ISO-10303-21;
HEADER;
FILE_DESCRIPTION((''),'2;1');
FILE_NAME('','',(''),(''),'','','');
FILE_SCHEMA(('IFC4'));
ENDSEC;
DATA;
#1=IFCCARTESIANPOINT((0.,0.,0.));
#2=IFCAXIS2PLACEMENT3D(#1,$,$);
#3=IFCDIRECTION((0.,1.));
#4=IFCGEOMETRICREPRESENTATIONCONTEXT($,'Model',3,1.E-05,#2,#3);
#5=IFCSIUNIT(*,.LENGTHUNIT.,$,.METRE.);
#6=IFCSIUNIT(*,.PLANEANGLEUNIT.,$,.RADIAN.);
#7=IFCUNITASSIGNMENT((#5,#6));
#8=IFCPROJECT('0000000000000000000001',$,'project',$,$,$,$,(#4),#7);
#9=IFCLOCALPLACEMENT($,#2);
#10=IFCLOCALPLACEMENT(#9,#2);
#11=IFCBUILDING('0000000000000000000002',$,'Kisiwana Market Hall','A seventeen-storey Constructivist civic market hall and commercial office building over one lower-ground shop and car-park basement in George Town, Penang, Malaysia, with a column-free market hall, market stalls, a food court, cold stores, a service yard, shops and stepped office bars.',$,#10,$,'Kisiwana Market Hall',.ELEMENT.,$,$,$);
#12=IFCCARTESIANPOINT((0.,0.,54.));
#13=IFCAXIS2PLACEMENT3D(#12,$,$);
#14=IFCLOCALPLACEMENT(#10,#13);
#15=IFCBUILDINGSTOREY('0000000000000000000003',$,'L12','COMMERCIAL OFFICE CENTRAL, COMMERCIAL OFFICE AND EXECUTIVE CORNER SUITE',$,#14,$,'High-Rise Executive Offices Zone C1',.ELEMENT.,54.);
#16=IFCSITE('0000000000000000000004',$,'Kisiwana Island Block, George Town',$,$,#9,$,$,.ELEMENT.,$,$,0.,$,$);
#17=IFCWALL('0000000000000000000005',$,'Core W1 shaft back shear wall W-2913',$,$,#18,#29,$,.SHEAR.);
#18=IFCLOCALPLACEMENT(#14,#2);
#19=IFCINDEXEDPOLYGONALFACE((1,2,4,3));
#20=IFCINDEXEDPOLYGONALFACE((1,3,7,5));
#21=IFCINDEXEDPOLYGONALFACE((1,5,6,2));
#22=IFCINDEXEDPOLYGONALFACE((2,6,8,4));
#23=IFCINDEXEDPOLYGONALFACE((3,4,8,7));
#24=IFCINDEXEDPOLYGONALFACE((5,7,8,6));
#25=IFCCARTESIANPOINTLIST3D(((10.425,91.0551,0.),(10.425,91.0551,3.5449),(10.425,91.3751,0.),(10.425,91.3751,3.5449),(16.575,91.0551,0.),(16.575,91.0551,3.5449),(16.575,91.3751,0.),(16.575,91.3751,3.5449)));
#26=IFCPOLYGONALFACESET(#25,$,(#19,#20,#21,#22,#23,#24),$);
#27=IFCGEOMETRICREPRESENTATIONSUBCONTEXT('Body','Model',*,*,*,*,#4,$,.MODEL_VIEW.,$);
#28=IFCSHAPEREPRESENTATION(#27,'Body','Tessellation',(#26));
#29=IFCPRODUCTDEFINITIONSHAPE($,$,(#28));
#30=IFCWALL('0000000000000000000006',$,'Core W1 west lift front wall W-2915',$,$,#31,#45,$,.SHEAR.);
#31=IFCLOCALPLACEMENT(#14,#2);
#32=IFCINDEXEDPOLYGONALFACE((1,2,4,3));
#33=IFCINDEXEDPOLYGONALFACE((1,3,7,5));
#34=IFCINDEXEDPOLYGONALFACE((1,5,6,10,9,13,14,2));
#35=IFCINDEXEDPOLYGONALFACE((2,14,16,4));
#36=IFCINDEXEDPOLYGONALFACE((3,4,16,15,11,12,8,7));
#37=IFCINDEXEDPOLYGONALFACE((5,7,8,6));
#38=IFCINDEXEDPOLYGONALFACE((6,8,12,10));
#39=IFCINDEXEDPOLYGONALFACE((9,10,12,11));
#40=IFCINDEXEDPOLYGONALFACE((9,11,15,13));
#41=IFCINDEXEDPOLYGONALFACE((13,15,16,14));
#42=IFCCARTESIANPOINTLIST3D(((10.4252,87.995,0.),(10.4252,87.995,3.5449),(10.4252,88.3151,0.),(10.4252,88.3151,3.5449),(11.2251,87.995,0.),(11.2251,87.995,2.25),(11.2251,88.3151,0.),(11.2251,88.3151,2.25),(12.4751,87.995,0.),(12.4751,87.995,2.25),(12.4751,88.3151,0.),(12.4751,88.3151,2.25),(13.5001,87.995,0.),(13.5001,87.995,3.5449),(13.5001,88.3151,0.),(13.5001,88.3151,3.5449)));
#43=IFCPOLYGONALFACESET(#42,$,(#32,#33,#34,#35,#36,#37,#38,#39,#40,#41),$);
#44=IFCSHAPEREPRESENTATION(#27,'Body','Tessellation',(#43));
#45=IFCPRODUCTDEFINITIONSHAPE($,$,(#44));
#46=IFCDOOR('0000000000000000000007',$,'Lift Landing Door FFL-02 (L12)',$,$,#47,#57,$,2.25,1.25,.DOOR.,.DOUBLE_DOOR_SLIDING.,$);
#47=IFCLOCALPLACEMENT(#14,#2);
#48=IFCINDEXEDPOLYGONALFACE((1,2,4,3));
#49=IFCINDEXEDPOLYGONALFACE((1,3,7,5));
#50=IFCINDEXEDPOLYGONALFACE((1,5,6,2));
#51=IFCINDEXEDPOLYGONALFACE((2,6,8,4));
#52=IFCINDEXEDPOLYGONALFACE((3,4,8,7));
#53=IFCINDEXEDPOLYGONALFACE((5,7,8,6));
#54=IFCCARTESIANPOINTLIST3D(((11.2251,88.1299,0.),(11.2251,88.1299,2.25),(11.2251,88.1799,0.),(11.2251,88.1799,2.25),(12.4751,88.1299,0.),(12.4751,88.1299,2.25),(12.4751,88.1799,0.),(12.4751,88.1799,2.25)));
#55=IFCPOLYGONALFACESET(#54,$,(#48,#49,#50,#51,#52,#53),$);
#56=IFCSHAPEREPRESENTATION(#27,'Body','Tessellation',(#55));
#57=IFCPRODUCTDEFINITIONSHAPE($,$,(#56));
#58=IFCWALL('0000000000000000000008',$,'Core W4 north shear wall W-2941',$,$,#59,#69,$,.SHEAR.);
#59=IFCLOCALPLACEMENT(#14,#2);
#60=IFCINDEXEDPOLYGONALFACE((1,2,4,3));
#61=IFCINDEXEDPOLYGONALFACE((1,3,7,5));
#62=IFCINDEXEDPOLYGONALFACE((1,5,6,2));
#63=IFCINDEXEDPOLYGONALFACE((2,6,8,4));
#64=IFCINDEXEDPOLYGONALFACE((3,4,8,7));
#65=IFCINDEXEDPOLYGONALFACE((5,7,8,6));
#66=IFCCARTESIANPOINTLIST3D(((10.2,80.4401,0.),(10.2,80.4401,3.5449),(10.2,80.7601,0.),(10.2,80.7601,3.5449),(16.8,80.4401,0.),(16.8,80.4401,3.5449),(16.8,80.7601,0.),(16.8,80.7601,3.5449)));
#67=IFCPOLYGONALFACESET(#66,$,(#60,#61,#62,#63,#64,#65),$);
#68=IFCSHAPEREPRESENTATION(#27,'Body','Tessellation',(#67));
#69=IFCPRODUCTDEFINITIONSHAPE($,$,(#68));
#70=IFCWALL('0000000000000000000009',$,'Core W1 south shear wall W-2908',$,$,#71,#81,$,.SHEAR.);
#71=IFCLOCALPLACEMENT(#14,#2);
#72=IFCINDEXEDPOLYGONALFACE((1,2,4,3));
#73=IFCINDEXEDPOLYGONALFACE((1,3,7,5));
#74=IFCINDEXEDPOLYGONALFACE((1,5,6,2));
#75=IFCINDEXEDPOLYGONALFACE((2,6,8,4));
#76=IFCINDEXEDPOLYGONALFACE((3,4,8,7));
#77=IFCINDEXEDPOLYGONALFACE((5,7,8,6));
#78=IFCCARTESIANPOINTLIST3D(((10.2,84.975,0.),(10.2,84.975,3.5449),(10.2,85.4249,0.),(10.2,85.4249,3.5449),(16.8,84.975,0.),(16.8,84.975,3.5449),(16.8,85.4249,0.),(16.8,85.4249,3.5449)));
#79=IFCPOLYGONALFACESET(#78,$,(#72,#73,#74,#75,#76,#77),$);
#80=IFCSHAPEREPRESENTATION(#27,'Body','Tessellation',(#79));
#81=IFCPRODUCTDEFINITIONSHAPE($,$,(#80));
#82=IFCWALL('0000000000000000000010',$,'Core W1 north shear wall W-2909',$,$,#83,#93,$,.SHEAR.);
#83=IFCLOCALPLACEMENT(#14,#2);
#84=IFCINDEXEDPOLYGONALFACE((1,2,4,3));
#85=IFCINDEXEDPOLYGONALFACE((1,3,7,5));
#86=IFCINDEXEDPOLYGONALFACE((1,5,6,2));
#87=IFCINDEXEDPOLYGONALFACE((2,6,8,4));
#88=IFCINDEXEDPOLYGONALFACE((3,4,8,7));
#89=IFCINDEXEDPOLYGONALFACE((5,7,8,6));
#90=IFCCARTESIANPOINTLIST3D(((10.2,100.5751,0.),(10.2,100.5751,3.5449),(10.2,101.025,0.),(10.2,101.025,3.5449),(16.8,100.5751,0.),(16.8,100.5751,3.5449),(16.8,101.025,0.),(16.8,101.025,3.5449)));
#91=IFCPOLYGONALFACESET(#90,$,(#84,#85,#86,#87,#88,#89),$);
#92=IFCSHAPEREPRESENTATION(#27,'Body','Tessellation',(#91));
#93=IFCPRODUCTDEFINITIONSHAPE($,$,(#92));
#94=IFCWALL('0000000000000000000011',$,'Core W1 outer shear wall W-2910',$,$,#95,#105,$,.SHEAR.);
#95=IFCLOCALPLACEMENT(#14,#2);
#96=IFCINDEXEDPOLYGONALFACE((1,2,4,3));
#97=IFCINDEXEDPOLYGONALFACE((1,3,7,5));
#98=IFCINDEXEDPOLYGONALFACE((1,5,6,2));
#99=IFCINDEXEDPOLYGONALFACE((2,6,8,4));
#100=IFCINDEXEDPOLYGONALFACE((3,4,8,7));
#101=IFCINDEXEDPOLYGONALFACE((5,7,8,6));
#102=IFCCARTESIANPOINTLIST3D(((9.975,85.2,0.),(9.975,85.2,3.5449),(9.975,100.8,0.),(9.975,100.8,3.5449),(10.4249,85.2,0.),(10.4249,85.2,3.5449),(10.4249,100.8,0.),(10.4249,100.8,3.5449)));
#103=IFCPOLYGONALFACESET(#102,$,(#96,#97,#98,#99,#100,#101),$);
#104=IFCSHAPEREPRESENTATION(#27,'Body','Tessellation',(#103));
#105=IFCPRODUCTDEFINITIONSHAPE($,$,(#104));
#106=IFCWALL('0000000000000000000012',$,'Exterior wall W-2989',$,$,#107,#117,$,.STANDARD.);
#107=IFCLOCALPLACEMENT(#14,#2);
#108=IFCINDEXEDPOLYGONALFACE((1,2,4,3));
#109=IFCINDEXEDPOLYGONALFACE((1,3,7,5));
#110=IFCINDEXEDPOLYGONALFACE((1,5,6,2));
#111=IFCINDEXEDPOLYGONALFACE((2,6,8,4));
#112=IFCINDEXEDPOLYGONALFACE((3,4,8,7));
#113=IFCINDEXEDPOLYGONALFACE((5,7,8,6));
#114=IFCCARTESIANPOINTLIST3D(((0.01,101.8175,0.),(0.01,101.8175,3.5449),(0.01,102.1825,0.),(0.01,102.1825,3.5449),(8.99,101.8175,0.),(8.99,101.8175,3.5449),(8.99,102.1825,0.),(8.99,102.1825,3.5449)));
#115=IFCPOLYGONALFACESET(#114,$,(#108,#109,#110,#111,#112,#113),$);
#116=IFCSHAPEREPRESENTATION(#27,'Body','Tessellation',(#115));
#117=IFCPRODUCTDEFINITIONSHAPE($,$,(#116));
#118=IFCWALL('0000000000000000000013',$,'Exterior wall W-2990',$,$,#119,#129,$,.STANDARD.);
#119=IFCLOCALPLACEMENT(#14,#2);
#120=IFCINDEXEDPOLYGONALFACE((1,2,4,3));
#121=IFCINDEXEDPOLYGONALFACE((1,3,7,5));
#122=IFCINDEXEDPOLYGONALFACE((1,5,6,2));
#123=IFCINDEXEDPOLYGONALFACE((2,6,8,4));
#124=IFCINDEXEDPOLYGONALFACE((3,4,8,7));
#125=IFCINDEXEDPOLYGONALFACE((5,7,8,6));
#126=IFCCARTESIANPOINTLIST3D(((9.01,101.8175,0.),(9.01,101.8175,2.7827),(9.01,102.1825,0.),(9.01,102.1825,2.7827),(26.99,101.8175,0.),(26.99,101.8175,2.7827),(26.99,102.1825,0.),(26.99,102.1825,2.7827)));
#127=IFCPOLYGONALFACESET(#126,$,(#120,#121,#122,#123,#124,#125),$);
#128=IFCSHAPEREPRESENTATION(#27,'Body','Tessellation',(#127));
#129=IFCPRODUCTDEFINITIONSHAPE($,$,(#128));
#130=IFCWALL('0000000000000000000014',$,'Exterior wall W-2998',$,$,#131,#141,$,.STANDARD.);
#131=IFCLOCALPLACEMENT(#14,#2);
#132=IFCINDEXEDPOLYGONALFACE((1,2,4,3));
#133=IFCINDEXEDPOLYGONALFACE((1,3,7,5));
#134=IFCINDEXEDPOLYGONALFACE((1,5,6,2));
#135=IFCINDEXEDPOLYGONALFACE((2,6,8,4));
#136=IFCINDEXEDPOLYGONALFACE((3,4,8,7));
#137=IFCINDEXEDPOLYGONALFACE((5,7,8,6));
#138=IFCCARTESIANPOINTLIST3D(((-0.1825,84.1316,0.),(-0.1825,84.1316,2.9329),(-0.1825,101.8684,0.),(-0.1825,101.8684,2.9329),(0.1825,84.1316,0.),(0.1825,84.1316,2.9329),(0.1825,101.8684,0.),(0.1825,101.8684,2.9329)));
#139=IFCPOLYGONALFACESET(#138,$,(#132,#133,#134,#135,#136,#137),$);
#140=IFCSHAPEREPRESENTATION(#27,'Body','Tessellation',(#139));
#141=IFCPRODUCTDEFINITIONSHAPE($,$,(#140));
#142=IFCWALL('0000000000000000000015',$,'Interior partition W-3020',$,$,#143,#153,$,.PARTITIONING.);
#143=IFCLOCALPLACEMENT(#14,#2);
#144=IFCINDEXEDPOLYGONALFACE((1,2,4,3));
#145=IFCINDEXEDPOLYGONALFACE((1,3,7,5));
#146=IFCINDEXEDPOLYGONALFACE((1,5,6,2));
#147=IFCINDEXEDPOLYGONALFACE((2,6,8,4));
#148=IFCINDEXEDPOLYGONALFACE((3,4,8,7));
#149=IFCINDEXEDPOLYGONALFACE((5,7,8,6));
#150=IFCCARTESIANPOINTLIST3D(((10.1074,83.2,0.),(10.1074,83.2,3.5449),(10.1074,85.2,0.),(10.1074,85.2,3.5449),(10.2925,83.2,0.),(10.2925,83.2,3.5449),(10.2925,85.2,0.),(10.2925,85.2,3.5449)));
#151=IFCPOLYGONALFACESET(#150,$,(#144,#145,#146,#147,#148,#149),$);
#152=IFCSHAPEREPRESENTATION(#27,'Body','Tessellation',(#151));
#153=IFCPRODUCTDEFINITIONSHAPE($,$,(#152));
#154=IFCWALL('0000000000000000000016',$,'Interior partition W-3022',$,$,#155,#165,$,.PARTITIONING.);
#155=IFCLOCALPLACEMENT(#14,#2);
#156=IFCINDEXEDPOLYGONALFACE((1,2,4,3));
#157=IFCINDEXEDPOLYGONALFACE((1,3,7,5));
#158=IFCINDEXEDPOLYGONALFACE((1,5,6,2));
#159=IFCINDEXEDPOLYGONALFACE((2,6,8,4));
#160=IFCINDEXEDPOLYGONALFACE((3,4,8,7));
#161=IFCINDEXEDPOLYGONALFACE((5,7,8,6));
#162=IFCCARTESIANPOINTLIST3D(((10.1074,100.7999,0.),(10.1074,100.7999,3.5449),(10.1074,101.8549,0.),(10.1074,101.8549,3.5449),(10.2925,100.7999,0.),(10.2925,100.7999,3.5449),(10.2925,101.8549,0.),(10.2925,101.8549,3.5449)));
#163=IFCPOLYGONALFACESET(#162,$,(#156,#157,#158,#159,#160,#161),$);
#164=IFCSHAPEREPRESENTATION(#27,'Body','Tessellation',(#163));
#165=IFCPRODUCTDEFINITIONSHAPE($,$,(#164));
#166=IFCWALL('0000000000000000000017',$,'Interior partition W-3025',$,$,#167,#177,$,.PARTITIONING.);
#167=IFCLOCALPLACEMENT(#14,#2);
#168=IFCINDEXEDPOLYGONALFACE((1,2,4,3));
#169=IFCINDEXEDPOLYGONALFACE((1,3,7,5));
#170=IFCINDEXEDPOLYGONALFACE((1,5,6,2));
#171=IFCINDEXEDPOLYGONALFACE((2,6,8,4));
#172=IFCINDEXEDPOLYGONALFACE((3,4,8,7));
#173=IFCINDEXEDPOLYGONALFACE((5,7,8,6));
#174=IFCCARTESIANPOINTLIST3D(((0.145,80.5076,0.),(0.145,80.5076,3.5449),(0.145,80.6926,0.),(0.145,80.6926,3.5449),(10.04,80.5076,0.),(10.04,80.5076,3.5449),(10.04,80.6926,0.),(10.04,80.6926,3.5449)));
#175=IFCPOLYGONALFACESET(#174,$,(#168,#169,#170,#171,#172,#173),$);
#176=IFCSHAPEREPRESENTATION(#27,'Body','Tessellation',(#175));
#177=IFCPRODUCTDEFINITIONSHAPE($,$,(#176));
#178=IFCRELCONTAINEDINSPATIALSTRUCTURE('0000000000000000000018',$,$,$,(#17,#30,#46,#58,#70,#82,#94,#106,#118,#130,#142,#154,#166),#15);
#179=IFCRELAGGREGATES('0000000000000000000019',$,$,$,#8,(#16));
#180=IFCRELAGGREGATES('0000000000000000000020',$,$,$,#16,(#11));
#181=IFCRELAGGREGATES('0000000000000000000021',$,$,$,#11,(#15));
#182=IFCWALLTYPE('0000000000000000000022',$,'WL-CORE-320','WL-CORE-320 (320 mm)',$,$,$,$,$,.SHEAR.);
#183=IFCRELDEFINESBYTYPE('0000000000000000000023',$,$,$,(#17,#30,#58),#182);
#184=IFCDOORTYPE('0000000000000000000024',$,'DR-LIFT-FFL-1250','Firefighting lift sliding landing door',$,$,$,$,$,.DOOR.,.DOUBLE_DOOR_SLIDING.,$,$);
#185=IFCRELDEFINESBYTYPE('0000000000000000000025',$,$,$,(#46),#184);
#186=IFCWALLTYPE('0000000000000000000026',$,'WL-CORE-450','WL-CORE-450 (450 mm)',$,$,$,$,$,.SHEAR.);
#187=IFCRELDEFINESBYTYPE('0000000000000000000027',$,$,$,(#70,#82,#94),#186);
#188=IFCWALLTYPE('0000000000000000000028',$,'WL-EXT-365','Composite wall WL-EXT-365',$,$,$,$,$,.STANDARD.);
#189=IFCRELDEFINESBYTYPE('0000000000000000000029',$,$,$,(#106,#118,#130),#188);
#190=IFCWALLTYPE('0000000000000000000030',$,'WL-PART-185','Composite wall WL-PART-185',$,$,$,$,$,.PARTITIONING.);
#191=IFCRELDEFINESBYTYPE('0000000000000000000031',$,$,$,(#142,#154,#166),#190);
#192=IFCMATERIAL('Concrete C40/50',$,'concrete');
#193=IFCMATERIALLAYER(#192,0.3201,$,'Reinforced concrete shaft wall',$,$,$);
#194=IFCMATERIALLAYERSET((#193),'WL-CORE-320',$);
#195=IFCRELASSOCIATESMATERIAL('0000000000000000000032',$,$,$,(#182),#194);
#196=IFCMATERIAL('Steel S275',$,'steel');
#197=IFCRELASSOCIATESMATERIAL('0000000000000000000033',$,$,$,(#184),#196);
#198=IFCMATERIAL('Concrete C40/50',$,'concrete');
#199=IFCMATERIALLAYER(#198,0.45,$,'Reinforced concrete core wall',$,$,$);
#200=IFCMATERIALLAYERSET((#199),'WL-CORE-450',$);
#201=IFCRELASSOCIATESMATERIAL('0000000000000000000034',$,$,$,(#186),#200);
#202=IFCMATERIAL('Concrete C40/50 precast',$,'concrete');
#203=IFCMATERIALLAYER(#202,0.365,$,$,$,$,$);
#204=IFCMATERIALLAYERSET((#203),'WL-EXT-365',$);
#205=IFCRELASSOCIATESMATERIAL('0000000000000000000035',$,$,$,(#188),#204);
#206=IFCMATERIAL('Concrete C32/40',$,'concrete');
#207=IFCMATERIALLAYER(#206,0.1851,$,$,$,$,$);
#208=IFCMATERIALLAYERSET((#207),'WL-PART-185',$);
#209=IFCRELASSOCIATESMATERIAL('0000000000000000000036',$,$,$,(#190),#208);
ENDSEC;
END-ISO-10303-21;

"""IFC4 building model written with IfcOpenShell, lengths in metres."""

from ifc_helpers import new_model, si_unit, direction, frame, frame_2d, origin, place, context, subcontext, project, spatial, rectangle, extrude, material, layer, layer_set, type_object, element, fill, save


model = new_model("IFC4")

# Units and contexts
model_context = context("Model", 3, precision=1e-05, world=origin(), true_north=direction((0.0, 1.0)))
body_context = subcontext(model_context, "Body", "Model", "MODEL_VIEW")
ifc_project = project(units=[si_unit("LENGTHUNIT", "METRE"), si_unit("PLANEANGLEUNIT", "RADIAN")], contexts=[model_context])

# Site, building, storey
site_placement = place(None, origin())
site = spatial("IfcSite", under=ifc_project, at=site_placement, Name="Kisiwana Island Block, George Town", CompositionType="ELEMENT", RefElevation=0.0)
building_placement = place(site_placement, origin())
building = spatial("IfcBuilding", under=site, at=building_placement, Name="Kisiwana Market Hall", Description="A seventeen-storey Constructivist civic market hall and commercial office building over one lower-ground shop and car-park basement in George Town, Penang, Malaysia, with a column-free market hall, market stalls, a food court, cold stores, a service yard, shops and stepped office bars.", LongName="Kisiwana Market Hall", CompositionType="ELEMENT")
storey_placement = place(building_placement, frame((0.0, 0.0, 54.0)))
storey = spatial("IfcBuildingStorey", under=building, at=storey_placement, Name="L12", Description="COMMERCIAL OFFICE CENTRAL, COMMERCIAL OFFICE AND EXECUTIVE CORNER SUITE", LongName="High-Rise Executive Offices Zone C1", CompositionType="ELEMENT", Elevation=54.0)

# Wall
ifc_material_1 = material(Name="Concrete C40/50", Category="concrete")
ifc_layer_1 = layer(ifc_material_1, 0.3201, Name="Reinforced concrete shaft wall")
ifc_layer_set_1 = layer_set([ifc_layer_1], Name="WL-CORE-320")
wall_type_1 = type_object("IfcWallType", Name="WL-CORE-320", Description="WL-CORE-320 (320 mm)", PredefinedType="SHEAR", material=ifc_layer_set_1)
wall_1_placement = place(storey_placement, frame((10.425, 91.2151, 0.0), z_axis=(0.0, 0.0, 1.0), x_axis=(1.0, 0.0, 0.0)))
element("IfcWall", 1, at=wall_1_placement, inside=storey, type_object=wall_type_1, Name="Core W1 shaft back shear wall W-2913", PredefinedType="SHEAR", context=body_context, shape_type="SweptSolid", body=[
    extrude(rectangle(XDim=6.1499, YDim=0.3201, at=frame_2d((3.075, 0.0))), origin(), (0.0, 0.0, 1.0), 3.5449),
])

# Wall, opening, door
wall_2_placement = place(storey_placement, frame((10.425, 88.155, 0.0), z_axis=(0.0, 0.0, 1.0), x_axis=(1.0, 0.0, 0.0)))
wall_2 = element("IfcWall", 2, at=wall_2_placement, inside=storey, type_object=wall_type_1, Name="Core W1 west lift front wall W-2915", PredefinedType="SHEAR", context=body_context, shape_type="SweptSolid", body=[
    extrude(rectangle(XDim=3.075, YDim=0.3201, at=frame_2d((1.5376, 0.0))), origin(), (0.0, 0.0, 1.0), 3.5449),
])
opening_1_placement = place(wall_2_placement, frame((0.8, 0.0, 0.0)))
opening_1 = element("IfcOpeningElement", 3, at=opening_1_placement, cuts=wall_2, PredefinedType="OPENING", context=body_context, shape_type="SweptSolid", body=[
    extrude(rectangle(XDim=1.25, YDim=2.25, at=frame_2d((0.625, 1.125))), frame((0.0, 0.1719, 0.0), z_axis=(0.0, -1.0, 0.0), x_axis=(1.0, 0.0, 0.0)), (0.0, 0.0, 1.0), 0.344),
])
ifc_material_2 = material(Name="Steel S275", Category="steel")
door_type_1 = type_object("IfcDoorType", Name="DR-LIFT-FFL-1250", Description="Firefighting lift sliding landing door", OperationType="DOUBLE_DOOR_SLIDING", PredefinedType="DOOR", material=ifc_material_2)
door_1_placement = place(opening_1_placement, origin())
door_1 = element("IfcDoor", 4, at=door_1_placement, inside=storey, type_object=door_type_1, Name="Lift Landing Door FFL-02 (L12)", OperationType="DOUBLE_DOOR_SLIDING", OverallHeight=2.25, OverallWidth=1.25, PredefinedType="DOOR", context=body_context, shape_type="SweptSolid", body=[
    extrude(rectangle(XDim=1.25, YDim=2.25, at=frame_2d((0.625, 1.125))), frame((0.0, 0.0249, 0.0), z_axis=(0.0, -1.0, 0.0), x_axis=(1.0, 0.0, 0.0)), (0.0, 0.0, 1.0), 0.05),
])
fill(opening_1, door_1)

# Walls
wall_3_placement = place(storey_placement, frame((10.2, 80.6001, 0.0), z_axis=(0.0, 0.0, 1.0), x_axis=(1.0, 0.0, 0.0)))
element("IfcWall", 5, at=wall_3_placement, inside=storey, type_object=wall_type_1, Name="Core W4 north shear wall W-2941", PredefinedType="SHEAR", context=body_context, shape_type="SweptSolid", body=[
    extrude(rectangle(XDim=6.6001, YDim=0.3201, at=frame_2d((3.3, 0.0))), origin(), (0.0, 0.0, 1.0), 3.5449),
])
ifc_material_3 = material(Name="Concrete C40/50", Category="concrete")
ifc_layer_2 = layer(ifc_material_3, 0.45, Name="Reinforced concrete core wall")
ifc_layer_set_2 = layer_set([ifc_layer_2], Name="WL-CORE-450")
wall_type_2 = type_object("IfcWallType", Name="WL-CORE-450", Description="WL-CORE-450 (450 mm)", PredefinedType="SHEAR", material=ifc_layer_set_2)
for number, where, z_axis, x_axis, name in (
    (6, (10.2, 85.2, 0.0), (0.0, 0.0, 1.0), (1.0, 0.0, 0.0), "Core W1 south shear wall W-2908"),
    (7, (10.2, 100.8, 0.0), (0.0, 0.0, 1.0), (1.0, 0.0, 0.0), "Core W1 north shear wall W-2909"),
):
    element("IfcWall", number, at=place(storey_placement, frame(where, z_axis=z_axis, x_axis=x_axis)), inside=storey, type_object=wall_type_2, Name=name, PredefinedType="SHEAR", context=body_context, shape_type="SweptSolid", body=[
        extrude(rectangle(XDim=6.6001, YDim=0.45, at=frame_2d((3.3, 0.0))), origin(), (0.0, 0.0, 1.0), 3.5449),
    ])
wall_4_placement = place(storey_placement, frame((10.2, 85.2, 0.0), z_axis=(0.0, 0.0, 1.0), x_axis=(0.0, 1.0, 0.0)))
element("IfcWall", 8, at=wall_4_placement, inside=storey, type_object=wall_type_2, Name="Core W1 outer shear wall W-2910", PredefinedType="SHEAR", context=body_context, shape_type="SweptSolid", body=[
    extrude(rectangle(XDim=15.6001, YDim=0.45, at=frame_2d((7.8, 0.0))), origin(), (0.0, 0.0, 1.0), 3.5449),
])
ifc_material_4 = material(Name="Concrete C40/50 precast", Category="concrete")
ifc_layer_3 = layer(ifc_material_4, 0.365)
ifc_layer_set_3 = layer_set([ifc_layer_3], Name="WL-EXT-365")
wall_type_3 = type_object("IfcWallType", Name="WL-EXT-365", Description="Composite wall WL-EXT-365", PredefinedType="STANDARD", material=ifc_layer_set_3)
wall_5_placement = place(storey_placement, frame((0.01, 102.0, 0.0), z_axis=(0.0, 0.0, 1.0), x_axis=(1.0, 0.0, 0.0)))
element("IfcWall", 9, at=wall_5_placement, inside=storey, type_object=wall_type_3, Name="Exterior wall W-2989", PredefinedType="STANDARD", context=body_context, shape_type="SweptSolid", body=[
    extrude(rectangle(XDim=8.98, YDim=0.365, at=frame_2d((4.49, 0.0))), origin(), (0.0, 0.0, 1.0), 3.5449),
])
wall_6_placement = place(storey_placement, frame((9.01, 102.0, 0.0), z_axis=(0.0, 0.0, 1.0), x_axis=(1.0, 0.0, 0.0)))
element("IfcWall", 10, at=wall_6_placement, inside=storey, type_object=wall_type_3, Name="Exterior wall W-2990", PredefinedType="STANDARD", context=body_context, shape_type="SweptSolid", body=[
    extrude(rectangle(XDim=17.98, YDim=0.365, at=frame_2d((8.99, 0.0))), origin(), (0.0, 0.0, 1.0), 2.7827),
])
wall_7_placement = place(storey_placement, frame((0.0, 84.1316, 0.0), z_axis=(0.0, 0.0, 1.0), x_axis=(0.0, 1.0, 0.0)))
element("IfcWall", 11, at=wall_7_placement, inside=storey, type_object=wall_type_3, Name="Exterior wall W-2998", PredefinedType="STANDARD", context=body_context, shape_type="SweptSolid", body=[
    extrude(rectangle(XDim=17.7368, YDim=0.365, at=frame_2d((8.8684, 0.0))), origin(), (0.0, 0.0, 1.0), 2.9329),
])
ifc_material_5 = material(Name="Concrete C32/40", Category="concrete")
ifc_layer_4 = layer(ifc_material_5, 0.1851)
ifc_layer_set_4 = layer_set([ifc_layer_4], Name="WL-PART-185")
wall_type_4 = type_object("IfcWallType", Name="WL-PART-185", Description="Composite wall WL-PART-185", PredefinedType="PARTITIONING", material=ifc_layer_set_4)
wall_8_placement = place(storey_placement, frame((10.2, 83.2, 0.0), z_axis=(0.0, 0.0, 1.0), x_axis=(0.0, 1.0, 0.0)))
element("IfcWall", 12, at=wall_8_placement, inside=storey, type_object=wall_type_4, Name="Interior partition W-3020", PredefinedType="PARTITIONING", context=body_context, shape_type="SweptSolid", body=[
    extrude(rectangle(XDim=2.0, YDim=0.1851, at=frame_2d((1.0, 0.0))), origin(), (0.0, 0.0, 1.0), 3.5449),
])
wall_9_placement = place(storey_placement, frame((10.2, 100.8, 0.0), z_axis=(0.0, 0.0, 1.0), x_axis=(0.0, 1.0, 0.0)))
element("IfcWall", 13, at=wall_9_placement, inside=storey, type_object=wall_type_4, Name="Interior partition W-3022", PredefinedType="PARTITIONING", context=body_context, shape_type="SweptSolid", body=[
    extrude(rectangle(XDim=1.0549, YDim=0.1851, at=frame_2d((0.5273, 0.0))), origin(), (0.0, 0.0, 1.0), 3.5449),
])
wall_10_placement = place(storey_placement, frame((0.145, 80.6001, 0.0), z_axis=(0.0, 0.0, 1.0), x_axis=(1.0, 0.0, 0.0)))
element("IfcWall", 14, at=wall_10_placement, inside=storey, type_object=wall_type_4, Name="Interior partition W-3025", PredefinedType="PARTITIONING", context=body_context, shape_type="SweptSolid", body=[
    extrude(rectangle(XDim=9.895, YDim=0.1851, at=frame_2d((4.9475, 0.0))), origin(), (0.0, 0.0, 1.0), 3.5449),
])

save(model, "model.ifc")
